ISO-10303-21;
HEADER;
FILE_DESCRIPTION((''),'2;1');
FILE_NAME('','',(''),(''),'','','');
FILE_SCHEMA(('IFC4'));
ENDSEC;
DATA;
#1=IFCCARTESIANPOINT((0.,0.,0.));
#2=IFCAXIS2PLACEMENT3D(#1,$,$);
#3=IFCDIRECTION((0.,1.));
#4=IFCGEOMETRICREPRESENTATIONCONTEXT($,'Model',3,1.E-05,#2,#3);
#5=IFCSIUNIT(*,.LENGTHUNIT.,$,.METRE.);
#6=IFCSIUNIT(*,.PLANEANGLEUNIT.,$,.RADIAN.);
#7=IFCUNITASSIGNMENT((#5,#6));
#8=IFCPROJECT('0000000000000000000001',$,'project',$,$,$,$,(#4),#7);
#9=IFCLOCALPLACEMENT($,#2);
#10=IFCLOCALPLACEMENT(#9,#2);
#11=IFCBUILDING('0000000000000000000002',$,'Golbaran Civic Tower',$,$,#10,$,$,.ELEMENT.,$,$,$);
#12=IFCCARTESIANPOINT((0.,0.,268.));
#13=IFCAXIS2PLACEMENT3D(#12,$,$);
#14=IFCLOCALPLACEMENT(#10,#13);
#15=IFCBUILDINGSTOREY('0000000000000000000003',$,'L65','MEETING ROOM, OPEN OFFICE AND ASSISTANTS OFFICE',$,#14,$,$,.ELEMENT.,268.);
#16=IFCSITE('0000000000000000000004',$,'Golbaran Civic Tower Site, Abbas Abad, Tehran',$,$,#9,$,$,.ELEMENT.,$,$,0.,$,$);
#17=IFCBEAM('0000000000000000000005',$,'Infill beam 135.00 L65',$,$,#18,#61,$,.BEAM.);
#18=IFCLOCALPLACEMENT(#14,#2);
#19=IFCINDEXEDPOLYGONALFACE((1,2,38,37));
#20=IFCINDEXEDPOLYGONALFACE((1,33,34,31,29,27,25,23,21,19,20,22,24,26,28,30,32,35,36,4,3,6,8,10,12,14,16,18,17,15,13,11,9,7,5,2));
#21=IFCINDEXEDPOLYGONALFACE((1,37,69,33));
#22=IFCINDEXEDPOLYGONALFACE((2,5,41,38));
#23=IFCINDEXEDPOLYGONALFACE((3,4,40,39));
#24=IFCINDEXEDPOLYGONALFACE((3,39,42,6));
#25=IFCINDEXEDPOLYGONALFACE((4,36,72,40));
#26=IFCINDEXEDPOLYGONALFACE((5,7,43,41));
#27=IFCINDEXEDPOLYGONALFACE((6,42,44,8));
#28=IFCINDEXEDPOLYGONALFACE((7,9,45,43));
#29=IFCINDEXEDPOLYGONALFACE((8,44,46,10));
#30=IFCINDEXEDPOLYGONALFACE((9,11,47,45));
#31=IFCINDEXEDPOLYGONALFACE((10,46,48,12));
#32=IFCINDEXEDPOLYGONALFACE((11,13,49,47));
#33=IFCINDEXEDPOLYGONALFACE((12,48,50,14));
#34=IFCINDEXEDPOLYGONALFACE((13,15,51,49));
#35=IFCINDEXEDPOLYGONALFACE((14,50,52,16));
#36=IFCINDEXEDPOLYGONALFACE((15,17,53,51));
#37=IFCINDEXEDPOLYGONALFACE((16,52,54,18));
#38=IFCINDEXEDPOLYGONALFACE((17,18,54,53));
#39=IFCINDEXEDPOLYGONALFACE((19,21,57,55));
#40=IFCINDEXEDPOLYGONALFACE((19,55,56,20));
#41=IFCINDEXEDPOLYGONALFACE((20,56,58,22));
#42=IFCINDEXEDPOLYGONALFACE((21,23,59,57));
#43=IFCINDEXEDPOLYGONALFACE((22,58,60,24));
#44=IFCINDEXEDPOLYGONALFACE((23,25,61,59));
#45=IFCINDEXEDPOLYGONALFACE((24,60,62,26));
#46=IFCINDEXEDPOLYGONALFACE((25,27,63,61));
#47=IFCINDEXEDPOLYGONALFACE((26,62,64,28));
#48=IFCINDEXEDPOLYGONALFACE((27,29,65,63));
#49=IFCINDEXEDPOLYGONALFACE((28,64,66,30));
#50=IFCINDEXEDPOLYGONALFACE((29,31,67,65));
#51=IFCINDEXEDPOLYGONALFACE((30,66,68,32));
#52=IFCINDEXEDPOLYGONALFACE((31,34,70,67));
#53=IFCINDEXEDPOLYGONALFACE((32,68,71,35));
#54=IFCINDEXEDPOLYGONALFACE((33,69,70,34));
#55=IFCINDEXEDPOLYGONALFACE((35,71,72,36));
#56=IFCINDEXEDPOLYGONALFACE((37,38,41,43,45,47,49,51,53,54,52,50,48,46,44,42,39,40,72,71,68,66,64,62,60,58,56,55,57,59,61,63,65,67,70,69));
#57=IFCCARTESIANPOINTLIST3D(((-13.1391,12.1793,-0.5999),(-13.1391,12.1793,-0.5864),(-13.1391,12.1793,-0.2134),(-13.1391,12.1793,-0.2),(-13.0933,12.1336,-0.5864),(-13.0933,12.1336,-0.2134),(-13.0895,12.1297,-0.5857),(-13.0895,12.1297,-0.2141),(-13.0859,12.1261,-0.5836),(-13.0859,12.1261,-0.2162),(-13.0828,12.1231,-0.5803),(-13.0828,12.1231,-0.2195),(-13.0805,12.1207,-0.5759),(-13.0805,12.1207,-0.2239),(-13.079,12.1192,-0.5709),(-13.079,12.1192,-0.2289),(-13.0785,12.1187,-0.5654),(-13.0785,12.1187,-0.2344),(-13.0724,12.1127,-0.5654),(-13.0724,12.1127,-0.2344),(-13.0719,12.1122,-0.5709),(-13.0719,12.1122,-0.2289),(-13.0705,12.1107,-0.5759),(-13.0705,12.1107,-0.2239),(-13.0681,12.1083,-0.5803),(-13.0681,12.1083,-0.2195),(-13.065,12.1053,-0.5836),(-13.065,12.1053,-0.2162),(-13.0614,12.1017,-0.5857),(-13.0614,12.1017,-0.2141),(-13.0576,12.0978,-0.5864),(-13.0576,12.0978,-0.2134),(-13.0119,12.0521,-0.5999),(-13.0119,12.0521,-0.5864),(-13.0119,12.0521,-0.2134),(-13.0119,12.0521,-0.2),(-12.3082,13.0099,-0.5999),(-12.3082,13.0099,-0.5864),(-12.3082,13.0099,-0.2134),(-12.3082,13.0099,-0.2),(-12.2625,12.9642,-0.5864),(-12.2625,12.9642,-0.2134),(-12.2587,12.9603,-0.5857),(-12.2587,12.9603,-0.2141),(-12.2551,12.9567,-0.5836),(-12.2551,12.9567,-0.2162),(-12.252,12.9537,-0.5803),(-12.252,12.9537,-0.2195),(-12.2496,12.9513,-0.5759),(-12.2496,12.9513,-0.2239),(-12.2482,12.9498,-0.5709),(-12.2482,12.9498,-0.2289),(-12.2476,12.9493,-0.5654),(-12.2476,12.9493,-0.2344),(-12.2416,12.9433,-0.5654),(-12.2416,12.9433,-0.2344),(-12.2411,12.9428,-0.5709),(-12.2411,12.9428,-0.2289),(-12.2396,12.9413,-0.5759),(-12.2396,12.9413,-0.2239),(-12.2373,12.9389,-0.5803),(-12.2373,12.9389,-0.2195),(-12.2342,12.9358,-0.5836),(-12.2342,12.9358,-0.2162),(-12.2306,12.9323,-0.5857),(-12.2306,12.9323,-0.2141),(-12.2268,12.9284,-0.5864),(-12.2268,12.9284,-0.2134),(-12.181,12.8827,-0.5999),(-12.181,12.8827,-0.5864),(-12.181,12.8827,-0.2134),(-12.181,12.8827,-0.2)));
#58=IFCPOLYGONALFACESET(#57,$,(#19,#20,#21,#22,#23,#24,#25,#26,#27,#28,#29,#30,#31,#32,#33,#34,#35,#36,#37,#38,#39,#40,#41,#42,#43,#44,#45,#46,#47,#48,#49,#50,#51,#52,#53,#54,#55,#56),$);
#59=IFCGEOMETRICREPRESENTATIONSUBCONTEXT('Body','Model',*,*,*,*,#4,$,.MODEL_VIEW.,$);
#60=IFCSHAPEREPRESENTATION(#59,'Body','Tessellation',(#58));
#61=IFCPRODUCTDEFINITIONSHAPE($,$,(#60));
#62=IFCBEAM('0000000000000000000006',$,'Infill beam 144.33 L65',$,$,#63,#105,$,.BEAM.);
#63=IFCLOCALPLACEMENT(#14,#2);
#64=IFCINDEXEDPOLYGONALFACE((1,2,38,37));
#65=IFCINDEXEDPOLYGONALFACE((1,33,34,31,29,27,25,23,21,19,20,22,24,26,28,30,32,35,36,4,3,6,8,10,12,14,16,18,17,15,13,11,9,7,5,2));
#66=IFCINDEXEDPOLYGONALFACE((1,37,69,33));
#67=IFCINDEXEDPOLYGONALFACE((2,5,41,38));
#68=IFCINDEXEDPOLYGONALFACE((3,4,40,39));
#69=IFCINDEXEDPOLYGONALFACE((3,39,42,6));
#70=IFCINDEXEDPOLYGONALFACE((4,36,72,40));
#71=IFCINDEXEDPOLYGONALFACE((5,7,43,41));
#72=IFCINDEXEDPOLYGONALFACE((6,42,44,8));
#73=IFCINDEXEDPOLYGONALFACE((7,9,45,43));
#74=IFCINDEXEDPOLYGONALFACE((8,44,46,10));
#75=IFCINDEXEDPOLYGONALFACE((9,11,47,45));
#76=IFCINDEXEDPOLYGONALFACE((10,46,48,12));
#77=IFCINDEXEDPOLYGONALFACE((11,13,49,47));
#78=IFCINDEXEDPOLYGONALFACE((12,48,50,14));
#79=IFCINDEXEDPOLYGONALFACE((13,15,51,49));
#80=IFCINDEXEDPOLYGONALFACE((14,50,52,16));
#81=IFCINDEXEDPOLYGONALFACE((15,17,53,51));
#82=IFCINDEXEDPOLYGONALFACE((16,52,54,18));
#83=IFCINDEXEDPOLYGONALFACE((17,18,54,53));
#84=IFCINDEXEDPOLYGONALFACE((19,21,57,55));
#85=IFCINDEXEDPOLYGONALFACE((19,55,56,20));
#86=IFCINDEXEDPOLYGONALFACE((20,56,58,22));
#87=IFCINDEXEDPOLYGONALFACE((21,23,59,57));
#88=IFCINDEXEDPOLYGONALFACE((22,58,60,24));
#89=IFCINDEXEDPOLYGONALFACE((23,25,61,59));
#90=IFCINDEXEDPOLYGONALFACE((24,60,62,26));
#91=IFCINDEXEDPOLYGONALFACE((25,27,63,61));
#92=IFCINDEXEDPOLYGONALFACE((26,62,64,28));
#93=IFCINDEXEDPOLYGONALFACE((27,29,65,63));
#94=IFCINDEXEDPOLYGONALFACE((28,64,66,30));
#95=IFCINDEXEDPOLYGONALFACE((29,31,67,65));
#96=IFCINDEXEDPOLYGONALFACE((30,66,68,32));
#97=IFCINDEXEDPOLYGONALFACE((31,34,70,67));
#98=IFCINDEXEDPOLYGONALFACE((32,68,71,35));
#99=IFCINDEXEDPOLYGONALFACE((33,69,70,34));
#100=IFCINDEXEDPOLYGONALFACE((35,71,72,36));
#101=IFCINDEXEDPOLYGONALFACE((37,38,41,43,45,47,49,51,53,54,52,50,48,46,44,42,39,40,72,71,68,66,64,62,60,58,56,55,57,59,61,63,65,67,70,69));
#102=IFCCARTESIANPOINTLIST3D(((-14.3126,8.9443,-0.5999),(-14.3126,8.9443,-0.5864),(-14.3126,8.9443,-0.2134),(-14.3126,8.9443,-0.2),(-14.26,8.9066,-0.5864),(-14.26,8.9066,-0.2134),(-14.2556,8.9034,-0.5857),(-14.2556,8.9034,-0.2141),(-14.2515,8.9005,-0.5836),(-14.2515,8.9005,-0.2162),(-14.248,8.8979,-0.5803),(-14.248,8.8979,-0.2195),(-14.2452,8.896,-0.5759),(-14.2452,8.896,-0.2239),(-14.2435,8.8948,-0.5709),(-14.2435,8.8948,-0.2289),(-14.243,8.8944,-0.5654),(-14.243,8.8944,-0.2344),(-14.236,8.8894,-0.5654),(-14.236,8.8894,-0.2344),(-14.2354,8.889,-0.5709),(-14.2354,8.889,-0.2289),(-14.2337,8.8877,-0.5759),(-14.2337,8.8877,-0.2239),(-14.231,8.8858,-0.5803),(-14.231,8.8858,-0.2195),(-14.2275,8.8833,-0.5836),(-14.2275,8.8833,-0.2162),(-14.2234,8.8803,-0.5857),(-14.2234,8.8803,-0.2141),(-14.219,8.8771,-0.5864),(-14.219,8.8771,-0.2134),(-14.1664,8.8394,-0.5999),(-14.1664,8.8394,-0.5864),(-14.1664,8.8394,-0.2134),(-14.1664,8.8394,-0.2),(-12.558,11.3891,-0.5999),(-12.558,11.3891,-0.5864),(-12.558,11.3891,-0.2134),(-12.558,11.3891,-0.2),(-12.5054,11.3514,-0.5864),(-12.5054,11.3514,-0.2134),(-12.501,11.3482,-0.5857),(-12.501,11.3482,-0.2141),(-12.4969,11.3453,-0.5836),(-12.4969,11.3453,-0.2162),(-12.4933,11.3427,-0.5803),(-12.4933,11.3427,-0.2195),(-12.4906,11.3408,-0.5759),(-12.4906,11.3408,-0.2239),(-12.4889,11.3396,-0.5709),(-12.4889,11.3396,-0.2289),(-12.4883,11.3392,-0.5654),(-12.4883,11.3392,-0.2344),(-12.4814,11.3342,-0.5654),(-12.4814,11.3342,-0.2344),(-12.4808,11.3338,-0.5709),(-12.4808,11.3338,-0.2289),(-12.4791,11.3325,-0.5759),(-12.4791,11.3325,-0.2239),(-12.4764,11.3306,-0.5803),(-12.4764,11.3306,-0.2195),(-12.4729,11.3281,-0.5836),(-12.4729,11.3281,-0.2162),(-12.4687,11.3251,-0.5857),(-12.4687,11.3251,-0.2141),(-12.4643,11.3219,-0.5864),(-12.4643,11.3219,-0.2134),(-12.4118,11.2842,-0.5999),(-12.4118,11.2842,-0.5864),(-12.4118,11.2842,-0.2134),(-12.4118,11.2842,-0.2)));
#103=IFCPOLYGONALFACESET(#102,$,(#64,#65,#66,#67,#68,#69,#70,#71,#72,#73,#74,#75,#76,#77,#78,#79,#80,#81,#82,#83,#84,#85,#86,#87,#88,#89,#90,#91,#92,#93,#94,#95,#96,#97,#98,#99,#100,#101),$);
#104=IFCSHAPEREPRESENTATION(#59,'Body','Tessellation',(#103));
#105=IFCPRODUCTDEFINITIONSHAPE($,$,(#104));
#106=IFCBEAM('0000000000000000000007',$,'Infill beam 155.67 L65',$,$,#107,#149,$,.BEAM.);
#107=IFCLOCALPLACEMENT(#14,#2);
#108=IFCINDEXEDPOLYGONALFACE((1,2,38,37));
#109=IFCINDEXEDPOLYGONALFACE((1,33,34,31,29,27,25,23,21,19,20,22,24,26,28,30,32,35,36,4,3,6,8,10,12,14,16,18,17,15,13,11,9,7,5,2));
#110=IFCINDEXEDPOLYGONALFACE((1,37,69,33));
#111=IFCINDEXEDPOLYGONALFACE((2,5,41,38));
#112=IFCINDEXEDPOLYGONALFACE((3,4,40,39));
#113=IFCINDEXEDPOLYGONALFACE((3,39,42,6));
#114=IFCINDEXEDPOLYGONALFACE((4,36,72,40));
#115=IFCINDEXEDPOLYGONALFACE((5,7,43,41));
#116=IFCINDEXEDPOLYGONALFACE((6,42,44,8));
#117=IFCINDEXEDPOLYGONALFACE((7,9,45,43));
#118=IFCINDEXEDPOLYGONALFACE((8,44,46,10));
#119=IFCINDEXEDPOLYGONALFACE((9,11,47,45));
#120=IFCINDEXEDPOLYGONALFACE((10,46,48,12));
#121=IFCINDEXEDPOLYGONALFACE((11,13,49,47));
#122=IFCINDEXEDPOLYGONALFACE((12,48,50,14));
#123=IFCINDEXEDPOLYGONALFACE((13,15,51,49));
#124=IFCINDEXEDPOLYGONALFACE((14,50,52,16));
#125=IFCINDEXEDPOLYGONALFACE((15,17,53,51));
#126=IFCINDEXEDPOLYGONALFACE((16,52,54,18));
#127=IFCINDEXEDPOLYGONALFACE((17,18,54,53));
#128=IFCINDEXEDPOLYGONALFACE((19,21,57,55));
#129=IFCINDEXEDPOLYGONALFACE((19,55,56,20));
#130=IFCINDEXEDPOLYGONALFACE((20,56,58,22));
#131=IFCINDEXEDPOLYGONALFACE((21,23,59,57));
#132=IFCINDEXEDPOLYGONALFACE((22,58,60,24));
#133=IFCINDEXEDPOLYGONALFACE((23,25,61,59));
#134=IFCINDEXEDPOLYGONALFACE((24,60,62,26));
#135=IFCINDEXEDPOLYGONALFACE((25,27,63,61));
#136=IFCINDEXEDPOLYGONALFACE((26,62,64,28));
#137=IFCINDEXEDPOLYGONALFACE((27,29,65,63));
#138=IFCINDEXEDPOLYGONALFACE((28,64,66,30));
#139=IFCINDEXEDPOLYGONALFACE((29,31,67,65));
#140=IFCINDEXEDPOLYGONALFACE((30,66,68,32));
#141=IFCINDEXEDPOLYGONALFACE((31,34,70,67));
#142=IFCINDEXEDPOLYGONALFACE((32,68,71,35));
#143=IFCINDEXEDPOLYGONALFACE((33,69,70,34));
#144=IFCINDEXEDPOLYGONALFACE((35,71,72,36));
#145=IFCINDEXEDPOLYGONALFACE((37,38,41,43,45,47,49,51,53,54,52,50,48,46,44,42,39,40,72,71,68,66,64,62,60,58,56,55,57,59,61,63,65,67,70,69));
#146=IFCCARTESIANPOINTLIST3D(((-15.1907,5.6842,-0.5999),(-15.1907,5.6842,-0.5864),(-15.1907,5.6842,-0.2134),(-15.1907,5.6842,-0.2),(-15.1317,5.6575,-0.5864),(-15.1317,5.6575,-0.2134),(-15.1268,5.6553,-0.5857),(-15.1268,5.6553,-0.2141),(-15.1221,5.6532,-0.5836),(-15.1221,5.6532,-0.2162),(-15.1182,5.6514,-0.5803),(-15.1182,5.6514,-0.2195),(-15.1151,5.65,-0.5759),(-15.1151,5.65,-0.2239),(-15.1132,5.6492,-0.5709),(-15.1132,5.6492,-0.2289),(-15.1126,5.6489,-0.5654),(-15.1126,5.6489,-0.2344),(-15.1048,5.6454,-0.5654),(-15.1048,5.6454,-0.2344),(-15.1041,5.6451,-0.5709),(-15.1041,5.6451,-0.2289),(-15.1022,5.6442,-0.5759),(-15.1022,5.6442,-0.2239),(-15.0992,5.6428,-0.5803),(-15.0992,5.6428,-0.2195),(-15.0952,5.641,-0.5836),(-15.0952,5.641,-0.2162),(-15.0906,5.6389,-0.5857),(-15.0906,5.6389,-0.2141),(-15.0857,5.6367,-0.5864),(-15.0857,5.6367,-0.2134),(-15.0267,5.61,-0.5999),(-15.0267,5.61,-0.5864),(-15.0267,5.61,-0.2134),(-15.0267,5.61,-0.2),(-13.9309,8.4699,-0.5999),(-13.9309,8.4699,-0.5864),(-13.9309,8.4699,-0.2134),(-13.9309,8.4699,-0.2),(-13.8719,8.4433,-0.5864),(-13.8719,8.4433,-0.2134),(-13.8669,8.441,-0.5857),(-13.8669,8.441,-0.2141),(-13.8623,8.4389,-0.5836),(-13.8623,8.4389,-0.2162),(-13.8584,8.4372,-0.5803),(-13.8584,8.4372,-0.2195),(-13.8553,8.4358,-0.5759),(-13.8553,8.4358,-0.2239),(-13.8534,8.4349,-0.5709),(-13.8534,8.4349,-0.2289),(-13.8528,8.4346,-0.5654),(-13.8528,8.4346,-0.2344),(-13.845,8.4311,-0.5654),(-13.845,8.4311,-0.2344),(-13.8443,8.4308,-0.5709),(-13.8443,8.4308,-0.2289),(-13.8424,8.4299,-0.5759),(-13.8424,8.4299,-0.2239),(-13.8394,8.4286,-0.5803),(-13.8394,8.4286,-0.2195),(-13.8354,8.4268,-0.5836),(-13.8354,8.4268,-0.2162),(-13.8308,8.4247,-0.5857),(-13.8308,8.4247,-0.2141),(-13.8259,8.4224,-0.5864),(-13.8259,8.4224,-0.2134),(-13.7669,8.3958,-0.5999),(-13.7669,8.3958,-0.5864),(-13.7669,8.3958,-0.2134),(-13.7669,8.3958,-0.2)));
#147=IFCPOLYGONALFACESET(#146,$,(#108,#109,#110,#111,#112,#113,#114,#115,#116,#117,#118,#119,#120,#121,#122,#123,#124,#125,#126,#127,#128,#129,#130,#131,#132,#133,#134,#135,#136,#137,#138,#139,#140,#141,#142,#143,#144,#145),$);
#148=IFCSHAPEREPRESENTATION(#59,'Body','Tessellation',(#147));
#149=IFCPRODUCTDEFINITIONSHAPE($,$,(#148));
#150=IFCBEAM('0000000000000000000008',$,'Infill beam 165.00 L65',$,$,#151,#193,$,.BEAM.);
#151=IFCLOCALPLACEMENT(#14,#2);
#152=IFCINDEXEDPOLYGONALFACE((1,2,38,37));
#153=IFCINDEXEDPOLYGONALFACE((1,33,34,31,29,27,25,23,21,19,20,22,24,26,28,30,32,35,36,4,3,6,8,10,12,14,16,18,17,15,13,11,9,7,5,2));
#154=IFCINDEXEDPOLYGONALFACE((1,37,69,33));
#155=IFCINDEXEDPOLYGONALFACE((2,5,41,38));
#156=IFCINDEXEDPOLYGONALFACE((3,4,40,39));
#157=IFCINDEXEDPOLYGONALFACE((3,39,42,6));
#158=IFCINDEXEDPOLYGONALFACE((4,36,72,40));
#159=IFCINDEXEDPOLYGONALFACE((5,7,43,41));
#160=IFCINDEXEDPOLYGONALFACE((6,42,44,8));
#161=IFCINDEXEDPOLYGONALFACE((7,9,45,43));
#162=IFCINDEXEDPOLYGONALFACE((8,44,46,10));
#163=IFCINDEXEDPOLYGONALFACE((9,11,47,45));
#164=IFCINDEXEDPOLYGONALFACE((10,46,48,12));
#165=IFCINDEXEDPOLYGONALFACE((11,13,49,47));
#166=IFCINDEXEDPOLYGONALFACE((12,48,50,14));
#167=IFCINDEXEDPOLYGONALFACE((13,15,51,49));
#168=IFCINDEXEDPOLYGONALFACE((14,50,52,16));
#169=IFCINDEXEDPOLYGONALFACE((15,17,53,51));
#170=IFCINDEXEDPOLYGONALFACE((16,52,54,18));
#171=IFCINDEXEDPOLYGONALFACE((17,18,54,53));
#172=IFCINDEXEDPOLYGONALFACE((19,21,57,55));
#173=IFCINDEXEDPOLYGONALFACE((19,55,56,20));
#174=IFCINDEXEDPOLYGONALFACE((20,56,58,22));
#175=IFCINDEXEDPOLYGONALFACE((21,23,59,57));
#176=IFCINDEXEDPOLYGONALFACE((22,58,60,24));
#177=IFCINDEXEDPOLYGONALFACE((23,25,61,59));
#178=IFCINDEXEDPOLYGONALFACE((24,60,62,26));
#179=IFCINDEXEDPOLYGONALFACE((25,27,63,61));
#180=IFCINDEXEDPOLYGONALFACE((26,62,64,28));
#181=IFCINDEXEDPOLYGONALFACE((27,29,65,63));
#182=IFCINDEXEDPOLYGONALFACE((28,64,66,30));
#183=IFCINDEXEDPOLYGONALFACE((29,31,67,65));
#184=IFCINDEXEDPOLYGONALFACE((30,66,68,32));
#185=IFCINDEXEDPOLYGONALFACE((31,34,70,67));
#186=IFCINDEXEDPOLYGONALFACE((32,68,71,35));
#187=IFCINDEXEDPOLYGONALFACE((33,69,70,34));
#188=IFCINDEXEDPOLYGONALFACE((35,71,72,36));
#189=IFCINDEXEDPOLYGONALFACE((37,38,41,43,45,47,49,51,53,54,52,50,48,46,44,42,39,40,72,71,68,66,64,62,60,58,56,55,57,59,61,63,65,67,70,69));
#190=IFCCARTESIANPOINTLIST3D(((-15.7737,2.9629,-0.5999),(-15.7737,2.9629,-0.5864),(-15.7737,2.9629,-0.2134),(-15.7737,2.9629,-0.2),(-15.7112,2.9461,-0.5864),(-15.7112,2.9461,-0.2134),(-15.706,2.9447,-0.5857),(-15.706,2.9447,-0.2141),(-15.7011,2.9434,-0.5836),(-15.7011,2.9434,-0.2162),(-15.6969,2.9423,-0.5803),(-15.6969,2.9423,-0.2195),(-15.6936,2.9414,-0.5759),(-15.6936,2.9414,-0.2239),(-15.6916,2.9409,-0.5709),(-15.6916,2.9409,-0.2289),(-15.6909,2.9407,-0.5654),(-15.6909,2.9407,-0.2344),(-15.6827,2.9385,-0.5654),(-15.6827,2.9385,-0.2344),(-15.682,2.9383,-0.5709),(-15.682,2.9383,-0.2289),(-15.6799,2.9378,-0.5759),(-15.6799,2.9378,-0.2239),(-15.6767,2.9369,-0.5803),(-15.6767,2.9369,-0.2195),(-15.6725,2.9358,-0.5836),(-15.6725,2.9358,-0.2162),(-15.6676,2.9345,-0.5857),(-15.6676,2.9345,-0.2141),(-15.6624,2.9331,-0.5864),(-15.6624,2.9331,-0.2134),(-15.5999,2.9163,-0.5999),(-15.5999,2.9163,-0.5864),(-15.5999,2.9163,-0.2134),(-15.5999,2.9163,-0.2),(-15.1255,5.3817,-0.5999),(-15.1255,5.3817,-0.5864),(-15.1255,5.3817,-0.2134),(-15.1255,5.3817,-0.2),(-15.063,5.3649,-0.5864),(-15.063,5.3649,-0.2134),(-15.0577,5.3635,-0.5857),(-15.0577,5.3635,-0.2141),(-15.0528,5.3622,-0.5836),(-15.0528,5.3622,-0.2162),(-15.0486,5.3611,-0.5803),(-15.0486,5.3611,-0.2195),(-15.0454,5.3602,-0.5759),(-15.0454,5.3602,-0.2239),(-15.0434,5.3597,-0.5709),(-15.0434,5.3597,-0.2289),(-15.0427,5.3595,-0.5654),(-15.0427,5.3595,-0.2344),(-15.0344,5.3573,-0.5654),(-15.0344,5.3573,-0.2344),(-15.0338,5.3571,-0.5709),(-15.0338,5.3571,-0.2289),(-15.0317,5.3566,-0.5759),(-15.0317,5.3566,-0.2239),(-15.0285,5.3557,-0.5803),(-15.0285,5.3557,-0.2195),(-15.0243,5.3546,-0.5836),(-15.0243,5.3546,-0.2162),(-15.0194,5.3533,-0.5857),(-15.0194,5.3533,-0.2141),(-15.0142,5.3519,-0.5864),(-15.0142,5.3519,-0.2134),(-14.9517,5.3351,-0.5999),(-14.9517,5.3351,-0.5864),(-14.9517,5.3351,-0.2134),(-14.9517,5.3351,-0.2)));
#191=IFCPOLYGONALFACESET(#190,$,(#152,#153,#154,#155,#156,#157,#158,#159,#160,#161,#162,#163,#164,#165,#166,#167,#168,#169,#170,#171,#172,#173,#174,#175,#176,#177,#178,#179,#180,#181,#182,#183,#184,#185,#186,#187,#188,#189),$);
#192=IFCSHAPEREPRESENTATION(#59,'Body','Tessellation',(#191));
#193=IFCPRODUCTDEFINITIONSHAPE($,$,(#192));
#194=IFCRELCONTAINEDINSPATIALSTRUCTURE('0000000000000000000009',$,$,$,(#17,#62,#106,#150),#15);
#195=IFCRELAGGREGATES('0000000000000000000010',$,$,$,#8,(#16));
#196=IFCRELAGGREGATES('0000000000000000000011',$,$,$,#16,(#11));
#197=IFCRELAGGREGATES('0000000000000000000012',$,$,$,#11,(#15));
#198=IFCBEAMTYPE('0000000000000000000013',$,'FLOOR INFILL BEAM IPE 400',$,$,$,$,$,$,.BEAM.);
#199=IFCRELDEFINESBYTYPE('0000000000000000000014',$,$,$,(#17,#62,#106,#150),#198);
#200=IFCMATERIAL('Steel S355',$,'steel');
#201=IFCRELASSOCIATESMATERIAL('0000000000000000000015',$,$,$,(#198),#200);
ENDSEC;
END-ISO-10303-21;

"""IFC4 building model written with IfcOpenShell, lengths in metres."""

from ifc_helpers import new_model, si_unit, direction, frame, origin, origin_2d, place, context, subcontext, project, spatial, i_section, extrude, material, material_profile, profile_set, type_object, element, save


model = new_model("IFC4")

# Units and contexts
model_context = context("Model", 3, precision=1e-05, world=origin(), true_north=direction((0.0, 1.0)))
body_context = subcontext(model_context, "Body", "Model", "MODEL_VIEW")
ifc_project = project(units=[si_unit("LENGTHUNIT", "METRE"), si_unit("PLANEANGLEUNIT", "RADIAN")], contexts=[model_context])

# Site, building, storey
site_placement = place(None, origin())
site = spatial("IfcSite", under=ifc_project, at=site_placement, Name="Golbaran Civic Tower Site, Abbas Abad, Tehran", CompositionType="ELEMENT", RefElevation=0.0)
building_placement = place(site_placement, origin())
building = spatial("IfcBuilding", under=site, at=building_placement, Name="Golbaran Civic Tower", CompositionType="ELEMENT")
storey_placement = place(building_placement, frame((0.0, 0.0, 268.0)))
storey = spatial("IfcBuildingStorey", under=building, at=storey_placement, Name="L65", Description="MEETING ROOM, OPEN OFFICE AND ASSISTANTS OFFICE", CompositionType="ELEMENT", Elevation=268.0)

# Beams
ifc_material_1 = material(Name="Steel S355", Category="steel")
ifc_material_profile_1 = material_profile(ifc_material_1, i_section(OverallWidth=0.1799, OverallDepth=0.3999, WebThickness=0.0085, FlangeThickness=0.0134, FilletRadius=0.021, at=origin_2d()), Name="IPE 400")
ifc_profile_set_1 = profile_set([ifc_material_profile_1], Name="Steel S355")
beam_type_1 = type_object("IfcBeamType", Name="FLOOR INFILL BEAM IPE 400", PredefinedType="BEAM", material=ifc_profile_set_1)
beam_1_placement = place(storey_placement, frame((-12.2446, 12.9463, -0.3999), z_axis=(-0.707211, -0.707003, 0.0), x_axis=(0.707003, -0.707211, 0.0)))
element("IfcBeam", 1, at=beam_1_placement, inside=storey, type_object=beam_type_1, Name="Infill beam 135.00 L65", PredefinedType="BEAM", context=body_context, shape_type="SweptSolid", body=[
    extrude(i_section(OverallWidth=0.1799, OverallDepth=0.3999, WebThickness=0.0085, FlangeThickness=0.0134, FilletRadius=0.021, at=origin_2d()), origin(), (0.0, 0.0, 1.0), 1.1748),
])
beam_2_placement = place(storey_placement, frame((-12.4849, 11.3367, -0.3999), z_axis=(-0.583071, -0.812421, 0.0), x_axis=(0.812421, -0.583071, 0.0)))
element("IfcBeam", 2, at=beam_2_placement, inside=storey, type_object=beam_type_1, Name="Infill beam 144.33 L65", PredefinedType="BEAM", context=body_context, shape_type="SweptSolid", body=[
    extrude(i_section(OverallWidth=0.1799, OverallDepth=0.3999, WebThickness=0.0085, FlangeThickness=0.0134, FilletRadius=0.021, at=origin_2d()), origin(), (0.0, 0.0, 1.0), 3.0093),
])
beam_3_placement = place(storey_placement, frame((-13.8489, 8.4329, -0.3999), z_axis=(-0.412057, -0.911158, 0.0), x_axis=(0.911158, -0.412057, 0.0)))
element("IfcBeam", 3, at=beam_3_placement, inside=storey, type_object=beam_type_1, Name="Infill beam 155.67 L65", PredefinedType="BEAM", context=body_context, shape_type="SweptSolid", body=[
    extrude(i_section(OverallWidth=0.1799, OverallDepth=0.3999, WebThickness=0.0085, FlangeThickness=0.0134, FilletRadius=0.021, at=origin_2d()), origin(), (0.0, 0.0, 1.0), 3.0574),
])
beam_4_placement = place(storey_placement, frame((-15.0386, 5.3584, -0.3999), z_axis=(-0.258858, -0.965915, 0.0), x_axis=(0.965915, -0.258858, 0.0)))
element("IfcBeam", 4, at=beam_4_placement, inside=storey, type_object=beam_type_1, Name="Infill beam 165.00 L65", PredefinedType="BEAM", context=body_context, shape_type="SweptSolid", body=[
    extrude(i_section(OverallWidth=0.1799, OverallDepth=0.3999, WebThickness=0.0085, FlangeThickness=0.0134, FilletRadius=0.021, at=origin_2d()), origin(), (0.0, 0.0, 1.0), 2.5042),
])

save(model, "model.ifc")
